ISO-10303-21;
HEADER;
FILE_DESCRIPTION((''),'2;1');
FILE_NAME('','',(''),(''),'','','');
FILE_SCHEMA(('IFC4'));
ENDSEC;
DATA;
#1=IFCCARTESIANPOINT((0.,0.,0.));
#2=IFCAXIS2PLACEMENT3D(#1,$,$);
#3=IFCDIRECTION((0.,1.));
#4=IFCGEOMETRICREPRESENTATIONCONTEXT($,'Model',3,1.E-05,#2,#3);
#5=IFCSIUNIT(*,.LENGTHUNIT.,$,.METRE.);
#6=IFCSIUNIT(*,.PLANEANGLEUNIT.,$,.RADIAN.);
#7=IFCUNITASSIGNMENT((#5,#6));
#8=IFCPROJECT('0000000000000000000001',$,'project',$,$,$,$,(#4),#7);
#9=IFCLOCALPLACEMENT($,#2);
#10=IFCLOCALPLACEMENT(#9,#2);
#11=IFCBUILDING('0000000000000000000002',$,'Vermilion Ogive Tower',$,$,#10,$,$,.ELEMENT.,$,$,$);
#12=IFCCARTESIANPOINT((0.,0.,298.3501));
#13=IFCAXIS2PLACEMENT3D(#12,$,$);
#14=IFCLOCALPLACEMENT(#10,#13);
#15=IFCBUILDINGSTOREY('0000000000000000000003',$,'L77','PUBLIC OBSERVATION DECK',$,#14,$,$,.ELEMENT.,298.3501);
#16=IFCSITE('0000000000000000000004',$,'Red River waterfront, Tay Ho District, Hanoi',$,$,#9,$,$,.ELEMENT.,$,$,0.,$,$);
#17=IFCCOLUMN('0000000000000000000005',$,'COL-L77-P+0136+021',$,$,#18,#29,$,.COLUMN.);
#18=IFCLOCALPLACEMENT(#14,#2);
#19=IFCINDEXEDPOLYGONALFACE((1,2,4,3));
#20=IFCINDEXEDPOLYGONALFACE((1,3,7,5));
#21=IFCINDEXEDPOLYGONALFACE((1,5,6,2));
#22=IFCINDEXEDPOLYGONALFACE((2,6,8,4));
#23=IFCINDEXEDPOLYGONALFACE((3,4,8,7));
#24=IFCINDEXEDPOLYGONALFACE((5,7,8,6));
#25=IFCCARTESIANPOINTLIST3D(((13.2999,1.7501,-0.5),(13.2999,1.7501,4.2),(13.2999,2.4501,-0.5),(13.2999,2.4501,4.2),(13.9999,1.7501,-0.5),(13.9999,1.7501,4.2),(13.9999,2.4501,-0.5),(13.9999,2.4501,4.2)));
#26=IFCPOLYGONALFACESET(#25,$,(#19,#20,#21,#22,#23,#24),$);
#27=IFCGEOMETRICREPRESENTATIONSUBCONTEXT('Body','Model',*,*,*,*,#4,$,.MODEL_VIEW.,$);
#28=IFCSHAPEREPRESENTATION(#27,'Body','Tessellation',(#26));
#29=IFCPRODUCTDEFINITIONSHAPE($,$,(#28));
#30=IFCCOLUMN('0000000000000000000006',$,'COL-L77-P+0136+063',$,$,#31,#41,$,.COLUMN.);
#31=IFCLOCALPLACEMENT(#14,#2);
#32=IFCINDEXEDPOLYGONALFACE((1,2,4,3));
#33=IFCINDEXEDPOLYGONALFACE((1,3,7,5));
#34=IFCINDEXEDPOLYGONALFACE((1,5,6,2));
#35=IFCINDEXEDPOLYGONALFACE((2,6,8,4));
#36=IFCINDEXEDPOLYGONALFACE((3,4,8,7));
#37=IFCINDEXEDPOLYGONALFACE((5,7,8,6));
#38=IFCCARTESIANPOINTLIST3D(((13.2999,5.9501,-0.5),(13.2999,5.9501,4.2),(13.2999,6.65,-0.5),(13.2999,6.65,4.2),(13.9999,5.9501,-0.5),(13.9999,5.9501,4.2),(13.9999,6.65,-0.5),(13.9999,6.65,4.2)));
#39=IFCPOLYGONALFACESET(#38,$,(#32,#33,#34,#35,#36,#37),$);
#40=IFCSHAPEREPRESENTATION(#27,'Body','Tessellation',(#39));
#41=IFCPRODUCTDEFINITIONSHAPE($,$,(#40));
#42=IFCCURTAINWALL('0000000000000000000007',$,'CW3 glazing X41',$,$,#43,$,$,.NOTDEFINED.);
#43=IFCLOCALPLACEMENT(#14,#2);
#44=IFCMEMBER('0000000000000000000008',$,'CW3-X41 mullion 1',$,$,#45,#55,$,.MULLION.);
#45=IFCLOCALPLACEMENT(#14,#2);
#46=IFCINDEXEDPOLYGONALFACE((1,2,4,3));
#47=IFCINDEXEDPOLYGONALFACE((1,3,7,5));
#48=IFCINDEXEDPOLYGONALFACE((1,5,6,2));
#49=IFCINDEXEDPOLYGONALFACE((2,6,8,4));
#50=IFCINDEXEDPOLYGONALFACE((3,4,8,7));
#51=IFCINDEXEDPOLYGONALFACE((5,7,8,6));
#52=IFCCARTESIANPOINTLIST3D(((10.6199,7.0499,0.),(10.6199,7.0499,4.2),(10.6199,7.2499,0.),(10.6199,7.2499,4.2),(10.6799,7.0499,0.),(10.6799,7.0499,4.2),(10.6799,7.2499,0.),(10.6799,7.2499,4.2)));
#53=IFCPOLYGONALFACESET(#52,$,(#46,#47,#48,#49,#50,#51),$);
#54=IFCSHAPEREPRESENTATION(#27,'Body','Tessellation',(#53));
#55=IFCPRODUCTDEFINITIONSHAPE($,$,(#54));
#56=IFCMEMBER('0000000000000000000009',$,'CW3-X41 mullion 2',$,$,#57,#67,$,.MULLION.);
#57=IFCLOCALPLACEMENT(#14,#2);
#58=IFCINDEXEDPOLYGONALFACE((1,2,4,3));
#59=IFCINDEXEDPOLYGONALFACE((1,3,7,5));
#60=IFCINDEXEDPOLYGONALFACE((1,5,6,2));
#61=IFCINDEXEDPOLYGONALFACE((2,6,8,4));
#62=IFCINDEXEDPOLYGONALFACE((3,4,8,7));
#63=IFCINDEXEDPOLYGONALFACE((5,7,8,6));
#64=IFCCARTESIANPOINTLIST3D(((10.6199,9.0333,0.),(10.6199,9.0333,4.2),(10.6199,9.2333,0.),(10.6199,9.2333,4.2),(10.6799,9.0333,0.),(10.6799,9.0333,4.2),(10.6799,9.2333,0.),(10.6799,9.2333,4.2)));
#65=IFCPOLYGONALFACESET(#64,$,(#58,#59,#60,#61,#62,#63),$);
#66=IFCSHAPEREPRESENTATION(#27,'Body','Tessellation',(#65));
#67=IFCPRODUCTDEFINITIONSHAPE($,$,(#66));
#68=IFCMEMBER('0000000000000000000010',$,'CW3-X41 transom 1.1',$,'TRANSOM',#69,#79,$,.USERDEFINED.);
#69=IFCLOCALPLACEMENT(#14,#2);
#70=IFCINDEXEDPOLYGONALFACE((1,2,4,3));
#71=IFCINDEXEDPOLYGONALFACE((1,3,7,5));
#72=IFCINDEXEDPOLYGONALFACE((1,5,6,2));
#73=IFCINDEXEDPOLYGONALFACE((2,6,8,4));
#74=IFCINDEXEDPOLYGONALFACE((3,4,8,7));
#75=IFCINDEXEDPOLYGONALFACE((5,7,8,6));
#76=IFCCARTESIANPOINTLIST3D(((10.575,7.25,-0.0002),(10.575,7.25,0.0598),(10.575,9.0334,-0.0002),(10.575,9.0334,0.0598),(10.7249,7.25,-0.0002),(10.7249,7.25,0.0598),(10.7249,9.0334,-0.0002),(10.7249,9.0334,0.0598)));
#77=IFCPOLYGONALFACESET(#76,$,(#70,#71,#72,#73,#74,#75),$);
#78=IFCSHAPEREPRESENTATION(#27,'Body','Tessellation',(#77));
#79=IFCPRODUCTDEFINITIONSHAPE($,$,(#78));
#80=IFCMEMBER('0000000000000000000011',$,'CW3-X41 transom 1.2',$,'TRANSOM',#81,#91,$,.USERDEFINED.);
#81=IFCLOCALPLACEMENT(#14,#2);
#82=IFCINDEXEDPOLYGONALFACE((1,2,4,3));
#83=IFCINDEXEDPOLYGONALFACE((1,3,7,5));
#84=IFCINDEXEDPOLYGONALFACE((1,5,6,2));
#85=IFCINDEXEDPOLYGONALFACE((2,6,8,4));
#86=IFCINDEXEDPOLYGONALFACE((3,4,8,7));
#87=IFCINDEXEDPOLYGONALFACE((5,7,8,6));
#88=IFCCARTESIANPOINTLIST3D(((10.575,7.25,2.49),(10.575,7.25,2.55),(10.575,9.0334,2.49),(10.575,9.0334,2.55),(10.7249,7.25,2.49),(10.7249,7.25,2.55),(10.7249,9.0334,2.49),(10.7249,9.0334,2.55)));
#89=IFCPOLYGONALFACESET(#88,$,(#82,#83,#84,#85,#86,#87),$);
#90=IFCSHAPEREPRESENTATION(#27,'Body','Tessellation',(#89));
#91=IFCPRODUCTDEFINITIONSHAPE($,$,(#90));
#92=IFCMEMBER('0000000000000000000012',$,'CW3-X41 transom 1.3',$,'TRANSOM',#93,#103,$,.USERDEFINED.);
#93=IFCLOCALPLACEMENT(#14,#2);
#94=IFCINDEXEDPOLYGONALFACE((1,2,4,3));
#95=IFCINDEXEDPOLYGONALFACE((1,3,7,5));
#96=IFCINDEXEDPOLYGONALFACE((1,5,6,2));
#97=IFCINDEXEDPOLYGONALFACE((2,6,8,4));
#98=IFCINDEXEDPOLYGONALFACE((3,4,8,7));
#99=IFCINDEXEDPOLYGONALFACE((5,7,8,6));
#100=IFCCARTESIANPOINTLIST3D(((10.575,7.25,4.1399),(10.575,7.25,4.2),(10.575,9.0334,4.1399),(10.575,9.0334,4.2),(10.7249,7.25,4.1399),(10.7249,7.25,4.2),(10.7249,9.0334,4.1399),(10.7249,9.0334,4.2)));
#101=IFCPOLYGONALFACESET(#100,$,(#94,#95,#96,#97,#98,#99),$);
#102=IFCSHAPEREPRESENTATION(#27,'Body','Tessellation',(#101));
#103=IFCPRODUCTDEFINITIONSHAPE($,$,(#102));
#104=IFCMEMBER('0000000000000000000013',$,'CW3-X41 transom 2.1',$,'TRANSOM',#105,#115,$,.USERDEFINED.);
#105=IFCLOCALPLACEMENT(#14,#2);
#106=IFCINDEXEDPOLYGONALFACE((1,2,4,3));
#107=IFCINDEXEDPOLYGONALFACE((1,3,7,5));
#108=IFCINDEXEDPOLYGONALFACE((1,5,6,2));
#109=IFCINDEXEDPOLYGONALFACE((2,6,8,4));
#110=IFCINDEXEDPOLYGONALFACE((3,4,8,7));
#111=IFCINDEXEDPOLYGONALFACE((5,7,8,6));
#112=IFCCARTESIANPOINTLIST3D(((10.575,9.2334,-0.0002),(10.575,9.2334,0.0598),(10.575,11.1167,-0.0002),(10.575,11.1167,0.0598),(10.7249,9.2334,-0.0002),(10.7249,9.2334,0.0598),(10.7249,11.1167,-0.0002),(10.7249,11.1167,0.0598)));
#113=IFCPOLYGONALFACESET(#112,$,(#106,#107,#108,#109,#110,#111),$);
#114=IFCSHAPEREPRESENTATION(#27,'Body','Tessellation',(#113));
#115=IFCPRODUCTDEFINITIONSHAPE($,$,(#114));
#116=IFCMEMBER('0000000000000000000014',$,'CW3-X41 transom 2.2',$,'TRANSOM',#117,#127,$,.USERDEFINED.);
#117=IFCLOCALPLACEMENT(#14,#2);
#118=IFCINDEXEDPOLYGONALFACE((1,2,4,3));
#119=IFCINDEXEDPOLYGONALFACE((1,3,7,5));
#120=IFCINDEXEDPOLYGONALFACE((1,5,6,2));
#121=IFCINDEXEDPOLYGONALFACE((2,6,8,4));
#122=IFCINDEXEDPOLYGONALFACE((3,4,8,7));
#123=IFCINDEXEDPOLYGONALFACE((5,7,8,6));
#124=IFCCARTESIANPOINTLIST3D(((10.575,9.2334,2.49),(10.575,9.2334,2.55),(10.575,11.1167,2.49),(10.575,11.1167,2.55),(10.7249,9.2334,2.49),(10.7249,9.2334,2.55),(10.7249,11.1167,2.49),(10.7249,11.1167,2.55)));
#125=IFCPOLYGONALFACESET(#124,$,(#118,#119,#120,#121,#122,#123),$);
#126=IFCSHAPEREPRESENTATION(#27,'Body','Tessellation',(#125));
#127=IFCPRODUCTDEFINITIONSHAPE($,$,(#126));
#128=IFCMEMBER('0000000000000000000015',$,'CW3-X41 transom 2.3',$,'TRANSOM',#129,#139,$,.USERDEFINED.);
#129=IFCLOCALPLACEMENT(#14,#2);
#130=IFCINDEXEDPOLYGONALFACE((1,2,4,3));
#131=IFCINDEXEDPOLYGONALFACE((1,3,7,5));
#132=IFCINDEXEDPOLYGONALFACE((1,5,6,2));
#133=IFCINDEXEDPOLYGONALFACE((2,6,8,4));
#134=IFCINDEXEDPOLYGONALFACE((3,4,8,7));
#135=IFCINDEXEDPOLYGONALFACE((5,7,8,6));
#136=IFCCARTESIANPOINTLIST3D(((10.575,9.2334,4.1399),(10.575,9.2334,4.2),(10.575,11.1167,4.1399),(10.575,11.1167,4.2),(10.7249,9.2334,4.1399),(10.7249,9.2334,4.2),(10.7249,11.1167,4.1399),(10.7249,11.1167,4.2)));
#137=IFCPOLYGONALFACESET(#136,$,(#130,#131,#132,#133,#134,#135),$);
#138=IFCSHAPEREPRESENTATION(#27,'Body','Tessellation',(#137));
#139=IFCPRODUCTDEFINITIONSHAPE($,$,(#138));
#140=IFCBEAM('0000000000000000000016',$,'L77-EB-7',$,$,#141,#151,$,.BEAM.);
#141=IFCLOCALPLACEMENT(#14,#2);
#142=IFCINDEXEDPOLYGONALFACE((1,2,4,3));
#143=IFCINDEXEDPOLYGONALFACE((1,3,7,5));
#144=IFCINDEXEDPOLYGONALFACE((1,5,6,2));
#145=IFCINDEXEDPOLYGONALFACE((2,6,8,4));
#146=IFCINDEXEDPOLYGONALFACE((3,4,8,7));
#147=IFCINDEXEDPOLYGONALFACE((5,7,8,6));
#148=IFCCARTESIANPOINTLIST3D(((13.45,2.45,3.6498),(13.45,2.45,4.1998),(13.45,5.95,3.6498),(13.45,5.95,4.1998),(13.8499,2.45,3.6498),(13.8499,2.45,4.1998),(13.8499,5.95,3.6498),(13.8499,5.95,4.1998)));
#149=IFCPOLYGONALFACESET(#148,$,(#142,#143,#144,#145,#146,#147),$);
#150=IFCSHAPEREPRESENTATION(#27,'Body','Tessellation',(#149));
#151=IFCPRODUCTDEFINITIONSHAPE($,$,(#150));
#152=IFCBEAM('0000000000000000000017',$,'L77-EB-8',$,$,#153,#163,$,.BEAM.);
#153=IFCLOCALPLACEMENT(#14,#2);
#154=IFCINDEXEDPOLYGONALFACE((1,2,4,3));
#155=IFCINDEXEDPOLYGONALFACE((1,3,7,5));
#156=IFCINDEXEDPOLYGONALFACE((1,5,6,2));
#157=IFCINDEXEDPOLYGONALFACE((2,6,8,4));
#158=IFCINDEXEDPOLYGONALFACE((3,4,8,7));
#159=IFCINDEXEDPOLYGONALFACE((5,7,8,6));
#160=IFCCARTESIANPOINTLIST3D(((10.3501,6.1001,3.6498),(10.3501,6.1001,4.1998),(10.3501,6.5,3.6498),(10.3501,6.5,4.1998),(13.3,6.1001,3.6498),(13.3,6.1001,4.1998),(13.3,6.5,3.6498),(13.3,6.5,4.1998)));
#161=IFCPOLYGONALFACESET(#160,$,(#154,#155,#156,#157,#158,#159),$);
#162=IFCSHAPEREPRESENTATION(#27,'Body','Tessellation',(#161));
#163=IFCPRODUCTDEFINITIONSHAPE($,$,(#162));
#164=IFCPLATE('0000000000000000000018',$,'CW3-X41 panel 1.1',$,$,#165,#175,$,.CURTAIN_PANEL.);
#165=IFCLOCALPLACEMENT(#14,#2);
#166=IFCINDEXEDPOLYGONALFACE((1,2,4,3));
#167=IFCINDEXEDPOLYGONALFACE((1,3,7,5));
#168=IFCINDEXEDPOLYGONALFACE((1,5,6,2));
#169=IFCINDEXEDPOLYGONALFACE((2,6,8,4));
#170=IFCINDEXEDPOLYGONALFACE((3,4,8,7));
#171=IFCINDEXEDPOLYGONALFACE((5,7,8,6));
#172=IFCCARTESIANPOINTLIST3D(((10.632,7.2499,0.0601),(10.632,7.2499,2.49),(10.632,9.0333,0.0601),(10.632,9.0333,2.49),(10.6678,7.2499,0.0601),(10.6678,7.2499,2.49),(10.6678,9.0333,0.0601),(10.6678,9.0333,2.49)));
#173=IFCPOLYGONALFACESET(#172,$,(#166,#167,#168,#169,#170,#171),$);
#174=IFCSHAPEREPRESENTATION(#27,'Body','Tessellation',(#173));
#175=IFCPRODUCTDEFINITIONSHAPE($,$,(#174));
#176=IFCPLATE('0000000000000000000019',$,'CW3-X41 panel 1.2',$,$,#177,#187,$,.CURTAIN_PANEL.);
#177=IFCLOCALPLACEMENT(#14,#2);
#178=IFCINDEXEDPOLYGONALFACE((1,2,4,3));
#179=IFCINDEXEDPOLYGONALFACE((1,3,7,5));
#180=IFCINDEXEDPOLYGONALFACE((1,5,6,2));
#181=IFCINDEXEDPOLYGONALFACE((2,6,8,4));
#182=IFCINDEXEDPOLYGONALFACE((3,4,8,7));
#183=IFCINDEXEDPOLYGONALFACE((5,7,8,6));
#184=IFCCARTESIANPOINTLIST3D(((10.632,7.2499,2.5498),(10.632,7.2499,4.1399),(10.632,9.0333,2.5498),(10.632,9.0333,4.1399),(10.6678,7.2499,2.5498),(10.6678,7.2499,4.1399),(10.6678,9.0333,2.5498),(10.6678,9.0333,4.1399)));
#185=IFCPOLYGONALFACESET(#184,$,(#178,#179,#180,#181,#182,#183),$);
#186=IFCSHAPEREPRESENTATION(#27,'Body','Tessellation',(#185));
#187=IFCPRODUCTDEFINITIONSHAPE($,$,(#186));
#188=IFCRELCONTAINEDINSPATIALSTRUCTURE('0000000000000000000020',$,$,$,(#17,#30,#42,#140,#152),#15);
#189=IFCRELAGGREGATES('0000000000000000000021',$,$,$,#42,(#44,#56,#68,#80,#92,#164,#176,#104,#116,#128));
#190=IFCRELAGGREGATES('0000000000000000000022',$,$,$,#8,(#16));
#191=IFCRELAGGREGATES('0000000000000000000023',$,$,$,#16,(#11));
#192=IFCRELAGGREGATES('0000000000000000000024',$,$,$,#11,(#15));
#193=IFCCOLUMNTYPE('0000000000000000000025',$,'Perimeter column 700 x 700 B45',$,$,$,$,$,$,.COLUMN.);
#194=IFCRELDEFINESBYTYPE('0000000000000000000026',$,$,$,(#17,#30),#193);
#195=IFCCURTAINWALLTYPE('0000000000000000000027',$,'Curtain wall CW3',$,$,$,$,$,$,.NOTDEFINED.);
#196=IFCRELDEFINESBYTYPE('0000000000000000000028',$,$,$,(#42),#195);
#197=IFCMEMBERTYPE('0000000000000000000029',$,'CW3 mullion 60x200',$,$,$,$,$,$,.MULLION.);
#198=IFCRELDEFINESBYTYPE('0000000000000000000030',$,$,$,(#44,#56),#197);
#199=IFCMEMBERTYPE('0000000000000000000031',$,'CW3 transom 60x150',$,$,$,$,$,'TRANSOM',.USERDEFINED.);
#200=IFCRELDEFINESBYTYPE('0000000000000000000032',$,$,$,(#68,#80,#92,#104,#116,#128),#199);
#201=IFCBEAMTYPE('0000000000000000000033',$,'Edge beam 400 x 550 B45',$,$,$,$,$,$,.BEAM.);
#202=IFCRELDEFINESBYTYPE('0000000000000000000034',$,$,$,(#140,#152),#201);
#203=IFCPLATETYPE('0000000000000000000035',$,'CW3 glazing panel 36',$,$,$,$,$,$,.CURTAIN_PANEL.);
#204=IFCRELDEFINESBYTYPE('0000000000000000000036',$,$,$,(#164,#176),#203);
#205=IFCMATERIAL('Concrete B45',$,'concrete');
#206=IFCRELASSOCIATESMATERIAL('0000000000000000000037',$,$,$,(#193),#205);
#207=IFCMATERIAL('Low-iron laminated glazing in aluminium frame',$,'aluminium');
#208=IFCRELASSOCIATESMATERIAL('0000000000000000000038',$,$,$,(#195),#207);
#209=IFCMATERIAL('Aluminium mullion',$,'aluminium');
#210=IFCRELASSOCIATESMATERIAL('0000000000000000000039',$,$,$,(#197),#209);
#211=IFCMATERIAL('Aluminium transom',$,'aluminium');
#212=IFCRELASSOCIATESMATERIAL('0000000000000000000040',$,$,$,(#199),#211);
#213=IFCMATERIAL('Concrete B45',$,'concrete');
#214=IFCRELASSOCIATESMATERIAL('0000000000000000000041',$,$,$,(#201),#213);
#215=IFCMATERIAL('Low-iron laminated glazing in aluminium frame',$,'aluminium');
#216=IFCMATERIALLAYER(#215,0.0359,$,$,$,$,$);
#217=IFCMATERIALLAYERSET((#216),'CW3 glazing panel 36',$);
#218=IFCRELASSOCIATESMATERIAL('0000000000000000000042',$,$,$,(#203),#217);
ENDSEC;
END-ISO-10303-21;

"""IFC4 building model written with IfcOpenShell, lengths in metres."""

from ifc_helpers import new_model, si_unit, direction, frame, origin, origin_2d, place, context, subcontext, project, spatial, rectangle, extrude, material, layer, layer_set, material_profile, profile_set, type_object, element, aggregate, save


model = new_model("IFC4")

# Units and contexts
model_context = context("Model", 3, precision=1e-05, world=origin(), true_north=direction((0.0, 1.0)))
body_context = subcontext(model_context, "Body", "Model", "MODEL_VIEW")
ifc_project = project(units=[si_unit("LENGTHUNIT", "METRE"), si_unit("PLANEANGLEUNIT", "RADIAN")], contexts=[model_context])

# Site, building, storey
site_placement = place(None, origin())
site = spatial("IfcSite", under=ifc_project, at=site_placement, Name="Red River waterfront, Tay Ho District, Hanoi", CompositionType="ELEMENT", RefElevation=0.0)
building_placement = place(site_placement, origin())
building = spatial("IfcBuilding", under=site, at=building_placement, Name="Vermilion Ogive Tower", CompositionType="ELEMENT")
storey_placement = place(building_placement, frame((0.0, 0.0, 298.3501)))
storey = spatial("IfcBuildingStorey", under=building, at=storey_placement, Name="L77", Description="PUBLIC OBSERVATION DECK", CompositionType="ELEMENT", Elevation=298.3501)

# Columns
ifc_material_1 = material(Name="Concrete B45", Category="concrete")
ifc_material_profile_1 = material_profile(ifc_material_1, rectangle(XDim=0.7, YDim=0.7, at=origin_2d()), Name="700 x 700")
ifc_profile_set_1 = profile_set([ifc_material_profile_1], Name="Concrete B45")
column_type = type_object("IfcColumnType", Name="Perimeter column 700 x 700 B45", PredefinedType="COLUMN", material=ifc_profile_set_1)
for number, where, z_axis, x_axis, name in (
    (1, (13.6499, 2.1001, -0.5), (0.0, 0.0, 1.0), (1.0, 0.0, 0.0), "COL-L77-P+0136+021"),
    (2, (13.6499, 6.3, -0.5), (0.0, 0.0, 1.0), (1.0, 0.0, 0.0), "COL-L77-P+0136+063"),
):
    element("IfcColumn", number, at=place(storey_placement, frame(where, z_axis=z_axis, x_axis=x_axis)), inside=storey, type_object=column_type, Name=name, PredefinedType="COLUMN", context=body_context, shape_type="SweptSolid", body=[
        extrude(rectangle(XDim=0.7, YDim=0.7, at=origin_2d()), origin(), (0.0, 0.0, 1.0), 4.7),
    ])

# Curtain wall, members
ifc_material_2 = material(Name="Low-iron laminated glazing in aluminium frame", Category="aluminium")
curtain_wall_type = type_object("IfcCurtainWallType", Name="Curtain wall CW3", PredefinedType="NOTDEFINED", material=ifc_material_2)
curtain_wall_placement = place(storey_placement, origin())
curtain_wall = element("IfcCurtainWall", 3, at=curtain_wall_placement, inside=storey, type_object=curtain_wall_type, Name="CW3 glazing X41", PredefinedType="NOTDEFINED")
ifc_material_3 = material(Name="Aluminium mullion", Category="aluminium")
ifc_material_profile_2 = material_profile(ifc_material_3, rectangle(XDim=0.0601, YDim=0.2, at=origin_2d()), Name="AL 60x200")
ifc_profile_set_2 = profile_set([ifc_material_profile_2], Name="Aluminium mullion")
member_type_1 = type_object("IfcMemberType", Name="CW3 mullion 60x200", PredefinedType="MULLION", material=ifc_profile_set_2)
member_1_placement = place(storey_placement, frame((10.6499, 7.1499, 0.0), z_axis=(0.0, 0.0, 1.0), x_axis=(-1.0, 0.0, 0.0)))
member_1 = element("IfcMember", 4, at=member_1_placement, type_object=member_type_1, Name="CW3-X41 mullion 1", PredefinedType="MULLION", context=body_context, shape_type="SweptSolid", body=[
    extrude(rectangle(XDim=0.0601, YDim=0.2, at=origin_2d()), origin(), (0.0, 0.0, 1.0), 4.2),
])
member_2_placement = place(storey_placement, frame((10.6499, 9.1333, 0.0), z_axis=(0.0, 0.0, 1.0), x_axis=(-1.0, 0.0, 0.0)))
member_2 = element("IfcMember", 5, at=member_2_placement, type_object=member_type_1, Name="CW3-X41 mullion 2", PredefinedType="MULLION", context=body_context, shape_type="SweptSolid", body=[
    extrude(rectangle(XDim=0.0601, YDim=0.2, at=origin_2d()), origin(), (0.0, 0.0, 1.0), 4.2),
])
ifc_material_4 = material(Name="Aluminium transom", Category="aluminium")
ifc_material_profile_3 = material_profile(ifc_material_4, rectangle(XDim=0.1499, YDim=0.0601, at=origin_2d()), Name="AL 60x150")
ifc_profile_set_3 = profile_set([ifc_material_profile_3], Name="Aluminium transom")
member_type_2 = type_object("IfcMemberType", Name="CW3 transom 60x150", ElementType="TRANSOM", PredefinedType="USERDEFINED", material=ifc_profile_set_3)
member_3_placement = place(storey_placement, frame((10.6499, 7.25, 0.0298), z_axis=(0.0, 1.0, 0.0), x_axis=(-1.0, 0.0, 0.0)))
member_3 = element("IfcMember", 6, at=member_3_placement, type_object=member_type_2, Name="CW3-X41 transom 1.1", ObjectType="TRANSOM", PredefinedType="USERDEFINED", context=body_context, shape_type="SweptSolid", body=[
    extrude(rectangle(XDim=0.1499, YDim=0.0601, at=origin_2d()), origin(), (0.0, 0.0, 1.0), 1.7834),
])
member_4_placement = place(storey_placement, frame((10.6499, 7.25, 2.52), z_axis=(0.0, 1.0, 0.0), x_axis=(-1.0, 0.0, 0.0)))
member_4 = element("IfcMember", 7, at=member_4_placement, type_object=member_type_2, Name="CW3-X41 transom 1.2", ObjectType="TRANSOM", PredefinedType="USERDEFINED", context=body_context, shape_type="SweptSolid", body=[
    extrude(rectangle(XDim=0.1499, YDim=0.0601, at=origin_2d()), origin(), (0.0, 0.0, 1.0), 1.7834),
])
member_5_placement = place(storey_placement, frame((10.6499, 7.25, 4.1699), z_axis=(0.0, 1.0, 0.0), x_axis=(-1.0, 0.0, 0.0)))
member_5 = element("IfcMember", 8, at=member_5_placement, type_object=member_type_2, Name="CW3-X41 transom 1.3", ObjectType="TRANSOM", PredefinedType="USERDEFINED", context=body_context, shape_type="SweptSolid", body=[
    extrude(rectangle(XDim=0.1499, YDim=0.0601, at=origin_2d()), origin(), (0.0, 0.0, 1.0), 1.7834),
])
member_6_placement = place(storey_placement, frame((10.6499, 9.2334, 0.0298), z_axis=(0.0, 1.0, 0.0), x_axis=(-1.0, 0.0, 0.0)))
member_6 = element("IfcMember", 9, at=member_6_placement, type_object=member_type_2, Name="CW3-X41 transom 2.1", ObjectType="TRANSOM", PredefinedType="USERDEFINED", context=body_context, shape_type="SweptSolid", body=[
    extrude(rectangle(XDim=0.1499, YDim=0.0601, at=origin_2d()), origin(), (0.0, 0.0, 1.0), 1.8833),
])
member_7_placement = place(storey_placement, frame((10.6499, 9.2334, 2.52), z_axis=(0.0, 1.0, 0.0), x_axis=(-1.0, 0.0, 0.0)))
member_7 = element("IfcMember", 10, at=member_7_placement, type_object=member_type_2, Name="CW3-X41 transom 2.2", ObjectType="TRANSOM", PredefinedType="USERDEFINED", context=body_context, shape_type="SweptSolid", body=[
    extrude(rectangle(XDim=0.1499, YDim=0.0601, at=origin_2d()), origin(), (0.0, 0.0, 1.0), 1.8833),
])
member_8_placement = place(storey_placement, frame((10.6499, 9.2334, 4.1699), z_axis=(0.0, 1.0, 0.0), x_axis=(-1.0, 0.0, 0.0)))
member_8 = element("IfcMember", 11, at=member_8_placement, type_object=member_type_2, Name="CW3-X41 transom 2.3", ObjectType="TRANSOM", PredefinedType="USERDEFINED", context=body_context, shape_type="SweptSolid", body=[
    extrude(rectangle(XDim=0.1499, YDim=0.0601, at=origin_2d()), origin(), (0.0, 0.0, 1.0), 1.8833),
])

# Beams
ifc_material_5 = material(Name="Concrete B45", Category="concrete")
ifc_material_profile_4 = material_profile(ifc_material_5, rectangle(XDim=0.3999, YDim=0.55, at=origin_2d()), Name="400 x 550")
ifc_profile_set_4 = profile_set([ifc_material_profile_4], Name="Concrete B45")
beam_type = type_object("IfcBeamType", Name="Edge beam 400 x 550 B45", PredefinedType="BEAM", material=ifc_profile_set_4)
beam_1_placement = place(storey_placement, frame((13.6499, 2.45, 3.9248), z_axis=(0.0, 1.0, 0.0), x_axis=(-1.0, 0.0, 0.0)))
element("IfcBeam", 12, at=beam_1_placement, inside=storey, type_object=beam_type, Name="L77-EB-7", PredefinedType="BEAM", context=body_context, shape_type="SweptSolid", body=[
    extrude(rectangle(XDim=0.3999, YDim=0.55, at=origin_2d()), origin(), (0.0, 0.0, 1.0), 3.5),
])
beam_2_placement = place(storey_placement, frame((13.3, 6.3, 3.9248), z_axis=(-1.0, 0.0, 0.0), x_axis=(0.0, -1.0, 0.0)))
element("IfcBeam", 13, at=beam_2_placement, inside=storey, type_object=beam_type, Name="L77-EB-8", PredefinedType="BEAM", context=body_context, shape_type="SweptSolid", body=[
    extrude(rectangle(XDim=0.3999, YDim=0.55, at=origin_2d()), origin(), (0.0, 0.0, 1.0), 2.95),
])

# Plates
ifc_material_6 = material(Name="Low-iron laminated glazing in aluminium frame", Category="aluminium")
ifc_layer_1 = layer(ifc_material_6, 0.0359)
ifc_layer_set_1 = layer_set([ifc_layer_1], Name="CW3 glazing panel 36")
plate_type = type_object("IfcPlateType", Name="CW3 glazing panel 36", PredefinedType="CURTAIN_PANEL", material=ifc_layer_set_1)
plate_1_placement = place(storey_placement, frame((10.6499, 8.1416, 0.0601), z_axis=(0.0, 0.0, 1.0), x_axis=(0.0, 1.0, 0.0)))
plate_1 = element("IfcPlate", 14, at=plate_1_placement, type_object=plate_type, Name="CW3-X41 panel 1.1", PredefinedType="CURTAIN_PANEL", context=body_context, shape_type="SweptSolid", body=[
    extrude(rectangle(XDim=1.7834, YDim=0.0359, at=origin_2d()), origin(), (0.0, 0.0, 1.0), 2.4299),
])
plate_2_placement = place(storey_placement, frame((10.6499, 8.1416, 2.5498), z_axis=(0.0, 0.0, 1.0), x_axis=(0.0, 1.0, 0.0)))
plate_2 = element("IfcPlate", 15, at=plate_2_placement, type_object=plate_type, Name="CW3-X41 panel 1.2", PredefinedType="CURTAIN_PANEL", context=body_context, shape_type="SweptSolid", body=[
    extrude(rectangle(XDim=1.7834, YDim=0.0359, at=origin_2d()), origin(), (0.0, 0.0, 1.0), 1.5901),
])
aggregate(curtain_wall, [member_1, member_2, member_3, member_4, member_5, plate_1, plate_2, member_6, member_7, member_8])

save(model, "model.ifc")
